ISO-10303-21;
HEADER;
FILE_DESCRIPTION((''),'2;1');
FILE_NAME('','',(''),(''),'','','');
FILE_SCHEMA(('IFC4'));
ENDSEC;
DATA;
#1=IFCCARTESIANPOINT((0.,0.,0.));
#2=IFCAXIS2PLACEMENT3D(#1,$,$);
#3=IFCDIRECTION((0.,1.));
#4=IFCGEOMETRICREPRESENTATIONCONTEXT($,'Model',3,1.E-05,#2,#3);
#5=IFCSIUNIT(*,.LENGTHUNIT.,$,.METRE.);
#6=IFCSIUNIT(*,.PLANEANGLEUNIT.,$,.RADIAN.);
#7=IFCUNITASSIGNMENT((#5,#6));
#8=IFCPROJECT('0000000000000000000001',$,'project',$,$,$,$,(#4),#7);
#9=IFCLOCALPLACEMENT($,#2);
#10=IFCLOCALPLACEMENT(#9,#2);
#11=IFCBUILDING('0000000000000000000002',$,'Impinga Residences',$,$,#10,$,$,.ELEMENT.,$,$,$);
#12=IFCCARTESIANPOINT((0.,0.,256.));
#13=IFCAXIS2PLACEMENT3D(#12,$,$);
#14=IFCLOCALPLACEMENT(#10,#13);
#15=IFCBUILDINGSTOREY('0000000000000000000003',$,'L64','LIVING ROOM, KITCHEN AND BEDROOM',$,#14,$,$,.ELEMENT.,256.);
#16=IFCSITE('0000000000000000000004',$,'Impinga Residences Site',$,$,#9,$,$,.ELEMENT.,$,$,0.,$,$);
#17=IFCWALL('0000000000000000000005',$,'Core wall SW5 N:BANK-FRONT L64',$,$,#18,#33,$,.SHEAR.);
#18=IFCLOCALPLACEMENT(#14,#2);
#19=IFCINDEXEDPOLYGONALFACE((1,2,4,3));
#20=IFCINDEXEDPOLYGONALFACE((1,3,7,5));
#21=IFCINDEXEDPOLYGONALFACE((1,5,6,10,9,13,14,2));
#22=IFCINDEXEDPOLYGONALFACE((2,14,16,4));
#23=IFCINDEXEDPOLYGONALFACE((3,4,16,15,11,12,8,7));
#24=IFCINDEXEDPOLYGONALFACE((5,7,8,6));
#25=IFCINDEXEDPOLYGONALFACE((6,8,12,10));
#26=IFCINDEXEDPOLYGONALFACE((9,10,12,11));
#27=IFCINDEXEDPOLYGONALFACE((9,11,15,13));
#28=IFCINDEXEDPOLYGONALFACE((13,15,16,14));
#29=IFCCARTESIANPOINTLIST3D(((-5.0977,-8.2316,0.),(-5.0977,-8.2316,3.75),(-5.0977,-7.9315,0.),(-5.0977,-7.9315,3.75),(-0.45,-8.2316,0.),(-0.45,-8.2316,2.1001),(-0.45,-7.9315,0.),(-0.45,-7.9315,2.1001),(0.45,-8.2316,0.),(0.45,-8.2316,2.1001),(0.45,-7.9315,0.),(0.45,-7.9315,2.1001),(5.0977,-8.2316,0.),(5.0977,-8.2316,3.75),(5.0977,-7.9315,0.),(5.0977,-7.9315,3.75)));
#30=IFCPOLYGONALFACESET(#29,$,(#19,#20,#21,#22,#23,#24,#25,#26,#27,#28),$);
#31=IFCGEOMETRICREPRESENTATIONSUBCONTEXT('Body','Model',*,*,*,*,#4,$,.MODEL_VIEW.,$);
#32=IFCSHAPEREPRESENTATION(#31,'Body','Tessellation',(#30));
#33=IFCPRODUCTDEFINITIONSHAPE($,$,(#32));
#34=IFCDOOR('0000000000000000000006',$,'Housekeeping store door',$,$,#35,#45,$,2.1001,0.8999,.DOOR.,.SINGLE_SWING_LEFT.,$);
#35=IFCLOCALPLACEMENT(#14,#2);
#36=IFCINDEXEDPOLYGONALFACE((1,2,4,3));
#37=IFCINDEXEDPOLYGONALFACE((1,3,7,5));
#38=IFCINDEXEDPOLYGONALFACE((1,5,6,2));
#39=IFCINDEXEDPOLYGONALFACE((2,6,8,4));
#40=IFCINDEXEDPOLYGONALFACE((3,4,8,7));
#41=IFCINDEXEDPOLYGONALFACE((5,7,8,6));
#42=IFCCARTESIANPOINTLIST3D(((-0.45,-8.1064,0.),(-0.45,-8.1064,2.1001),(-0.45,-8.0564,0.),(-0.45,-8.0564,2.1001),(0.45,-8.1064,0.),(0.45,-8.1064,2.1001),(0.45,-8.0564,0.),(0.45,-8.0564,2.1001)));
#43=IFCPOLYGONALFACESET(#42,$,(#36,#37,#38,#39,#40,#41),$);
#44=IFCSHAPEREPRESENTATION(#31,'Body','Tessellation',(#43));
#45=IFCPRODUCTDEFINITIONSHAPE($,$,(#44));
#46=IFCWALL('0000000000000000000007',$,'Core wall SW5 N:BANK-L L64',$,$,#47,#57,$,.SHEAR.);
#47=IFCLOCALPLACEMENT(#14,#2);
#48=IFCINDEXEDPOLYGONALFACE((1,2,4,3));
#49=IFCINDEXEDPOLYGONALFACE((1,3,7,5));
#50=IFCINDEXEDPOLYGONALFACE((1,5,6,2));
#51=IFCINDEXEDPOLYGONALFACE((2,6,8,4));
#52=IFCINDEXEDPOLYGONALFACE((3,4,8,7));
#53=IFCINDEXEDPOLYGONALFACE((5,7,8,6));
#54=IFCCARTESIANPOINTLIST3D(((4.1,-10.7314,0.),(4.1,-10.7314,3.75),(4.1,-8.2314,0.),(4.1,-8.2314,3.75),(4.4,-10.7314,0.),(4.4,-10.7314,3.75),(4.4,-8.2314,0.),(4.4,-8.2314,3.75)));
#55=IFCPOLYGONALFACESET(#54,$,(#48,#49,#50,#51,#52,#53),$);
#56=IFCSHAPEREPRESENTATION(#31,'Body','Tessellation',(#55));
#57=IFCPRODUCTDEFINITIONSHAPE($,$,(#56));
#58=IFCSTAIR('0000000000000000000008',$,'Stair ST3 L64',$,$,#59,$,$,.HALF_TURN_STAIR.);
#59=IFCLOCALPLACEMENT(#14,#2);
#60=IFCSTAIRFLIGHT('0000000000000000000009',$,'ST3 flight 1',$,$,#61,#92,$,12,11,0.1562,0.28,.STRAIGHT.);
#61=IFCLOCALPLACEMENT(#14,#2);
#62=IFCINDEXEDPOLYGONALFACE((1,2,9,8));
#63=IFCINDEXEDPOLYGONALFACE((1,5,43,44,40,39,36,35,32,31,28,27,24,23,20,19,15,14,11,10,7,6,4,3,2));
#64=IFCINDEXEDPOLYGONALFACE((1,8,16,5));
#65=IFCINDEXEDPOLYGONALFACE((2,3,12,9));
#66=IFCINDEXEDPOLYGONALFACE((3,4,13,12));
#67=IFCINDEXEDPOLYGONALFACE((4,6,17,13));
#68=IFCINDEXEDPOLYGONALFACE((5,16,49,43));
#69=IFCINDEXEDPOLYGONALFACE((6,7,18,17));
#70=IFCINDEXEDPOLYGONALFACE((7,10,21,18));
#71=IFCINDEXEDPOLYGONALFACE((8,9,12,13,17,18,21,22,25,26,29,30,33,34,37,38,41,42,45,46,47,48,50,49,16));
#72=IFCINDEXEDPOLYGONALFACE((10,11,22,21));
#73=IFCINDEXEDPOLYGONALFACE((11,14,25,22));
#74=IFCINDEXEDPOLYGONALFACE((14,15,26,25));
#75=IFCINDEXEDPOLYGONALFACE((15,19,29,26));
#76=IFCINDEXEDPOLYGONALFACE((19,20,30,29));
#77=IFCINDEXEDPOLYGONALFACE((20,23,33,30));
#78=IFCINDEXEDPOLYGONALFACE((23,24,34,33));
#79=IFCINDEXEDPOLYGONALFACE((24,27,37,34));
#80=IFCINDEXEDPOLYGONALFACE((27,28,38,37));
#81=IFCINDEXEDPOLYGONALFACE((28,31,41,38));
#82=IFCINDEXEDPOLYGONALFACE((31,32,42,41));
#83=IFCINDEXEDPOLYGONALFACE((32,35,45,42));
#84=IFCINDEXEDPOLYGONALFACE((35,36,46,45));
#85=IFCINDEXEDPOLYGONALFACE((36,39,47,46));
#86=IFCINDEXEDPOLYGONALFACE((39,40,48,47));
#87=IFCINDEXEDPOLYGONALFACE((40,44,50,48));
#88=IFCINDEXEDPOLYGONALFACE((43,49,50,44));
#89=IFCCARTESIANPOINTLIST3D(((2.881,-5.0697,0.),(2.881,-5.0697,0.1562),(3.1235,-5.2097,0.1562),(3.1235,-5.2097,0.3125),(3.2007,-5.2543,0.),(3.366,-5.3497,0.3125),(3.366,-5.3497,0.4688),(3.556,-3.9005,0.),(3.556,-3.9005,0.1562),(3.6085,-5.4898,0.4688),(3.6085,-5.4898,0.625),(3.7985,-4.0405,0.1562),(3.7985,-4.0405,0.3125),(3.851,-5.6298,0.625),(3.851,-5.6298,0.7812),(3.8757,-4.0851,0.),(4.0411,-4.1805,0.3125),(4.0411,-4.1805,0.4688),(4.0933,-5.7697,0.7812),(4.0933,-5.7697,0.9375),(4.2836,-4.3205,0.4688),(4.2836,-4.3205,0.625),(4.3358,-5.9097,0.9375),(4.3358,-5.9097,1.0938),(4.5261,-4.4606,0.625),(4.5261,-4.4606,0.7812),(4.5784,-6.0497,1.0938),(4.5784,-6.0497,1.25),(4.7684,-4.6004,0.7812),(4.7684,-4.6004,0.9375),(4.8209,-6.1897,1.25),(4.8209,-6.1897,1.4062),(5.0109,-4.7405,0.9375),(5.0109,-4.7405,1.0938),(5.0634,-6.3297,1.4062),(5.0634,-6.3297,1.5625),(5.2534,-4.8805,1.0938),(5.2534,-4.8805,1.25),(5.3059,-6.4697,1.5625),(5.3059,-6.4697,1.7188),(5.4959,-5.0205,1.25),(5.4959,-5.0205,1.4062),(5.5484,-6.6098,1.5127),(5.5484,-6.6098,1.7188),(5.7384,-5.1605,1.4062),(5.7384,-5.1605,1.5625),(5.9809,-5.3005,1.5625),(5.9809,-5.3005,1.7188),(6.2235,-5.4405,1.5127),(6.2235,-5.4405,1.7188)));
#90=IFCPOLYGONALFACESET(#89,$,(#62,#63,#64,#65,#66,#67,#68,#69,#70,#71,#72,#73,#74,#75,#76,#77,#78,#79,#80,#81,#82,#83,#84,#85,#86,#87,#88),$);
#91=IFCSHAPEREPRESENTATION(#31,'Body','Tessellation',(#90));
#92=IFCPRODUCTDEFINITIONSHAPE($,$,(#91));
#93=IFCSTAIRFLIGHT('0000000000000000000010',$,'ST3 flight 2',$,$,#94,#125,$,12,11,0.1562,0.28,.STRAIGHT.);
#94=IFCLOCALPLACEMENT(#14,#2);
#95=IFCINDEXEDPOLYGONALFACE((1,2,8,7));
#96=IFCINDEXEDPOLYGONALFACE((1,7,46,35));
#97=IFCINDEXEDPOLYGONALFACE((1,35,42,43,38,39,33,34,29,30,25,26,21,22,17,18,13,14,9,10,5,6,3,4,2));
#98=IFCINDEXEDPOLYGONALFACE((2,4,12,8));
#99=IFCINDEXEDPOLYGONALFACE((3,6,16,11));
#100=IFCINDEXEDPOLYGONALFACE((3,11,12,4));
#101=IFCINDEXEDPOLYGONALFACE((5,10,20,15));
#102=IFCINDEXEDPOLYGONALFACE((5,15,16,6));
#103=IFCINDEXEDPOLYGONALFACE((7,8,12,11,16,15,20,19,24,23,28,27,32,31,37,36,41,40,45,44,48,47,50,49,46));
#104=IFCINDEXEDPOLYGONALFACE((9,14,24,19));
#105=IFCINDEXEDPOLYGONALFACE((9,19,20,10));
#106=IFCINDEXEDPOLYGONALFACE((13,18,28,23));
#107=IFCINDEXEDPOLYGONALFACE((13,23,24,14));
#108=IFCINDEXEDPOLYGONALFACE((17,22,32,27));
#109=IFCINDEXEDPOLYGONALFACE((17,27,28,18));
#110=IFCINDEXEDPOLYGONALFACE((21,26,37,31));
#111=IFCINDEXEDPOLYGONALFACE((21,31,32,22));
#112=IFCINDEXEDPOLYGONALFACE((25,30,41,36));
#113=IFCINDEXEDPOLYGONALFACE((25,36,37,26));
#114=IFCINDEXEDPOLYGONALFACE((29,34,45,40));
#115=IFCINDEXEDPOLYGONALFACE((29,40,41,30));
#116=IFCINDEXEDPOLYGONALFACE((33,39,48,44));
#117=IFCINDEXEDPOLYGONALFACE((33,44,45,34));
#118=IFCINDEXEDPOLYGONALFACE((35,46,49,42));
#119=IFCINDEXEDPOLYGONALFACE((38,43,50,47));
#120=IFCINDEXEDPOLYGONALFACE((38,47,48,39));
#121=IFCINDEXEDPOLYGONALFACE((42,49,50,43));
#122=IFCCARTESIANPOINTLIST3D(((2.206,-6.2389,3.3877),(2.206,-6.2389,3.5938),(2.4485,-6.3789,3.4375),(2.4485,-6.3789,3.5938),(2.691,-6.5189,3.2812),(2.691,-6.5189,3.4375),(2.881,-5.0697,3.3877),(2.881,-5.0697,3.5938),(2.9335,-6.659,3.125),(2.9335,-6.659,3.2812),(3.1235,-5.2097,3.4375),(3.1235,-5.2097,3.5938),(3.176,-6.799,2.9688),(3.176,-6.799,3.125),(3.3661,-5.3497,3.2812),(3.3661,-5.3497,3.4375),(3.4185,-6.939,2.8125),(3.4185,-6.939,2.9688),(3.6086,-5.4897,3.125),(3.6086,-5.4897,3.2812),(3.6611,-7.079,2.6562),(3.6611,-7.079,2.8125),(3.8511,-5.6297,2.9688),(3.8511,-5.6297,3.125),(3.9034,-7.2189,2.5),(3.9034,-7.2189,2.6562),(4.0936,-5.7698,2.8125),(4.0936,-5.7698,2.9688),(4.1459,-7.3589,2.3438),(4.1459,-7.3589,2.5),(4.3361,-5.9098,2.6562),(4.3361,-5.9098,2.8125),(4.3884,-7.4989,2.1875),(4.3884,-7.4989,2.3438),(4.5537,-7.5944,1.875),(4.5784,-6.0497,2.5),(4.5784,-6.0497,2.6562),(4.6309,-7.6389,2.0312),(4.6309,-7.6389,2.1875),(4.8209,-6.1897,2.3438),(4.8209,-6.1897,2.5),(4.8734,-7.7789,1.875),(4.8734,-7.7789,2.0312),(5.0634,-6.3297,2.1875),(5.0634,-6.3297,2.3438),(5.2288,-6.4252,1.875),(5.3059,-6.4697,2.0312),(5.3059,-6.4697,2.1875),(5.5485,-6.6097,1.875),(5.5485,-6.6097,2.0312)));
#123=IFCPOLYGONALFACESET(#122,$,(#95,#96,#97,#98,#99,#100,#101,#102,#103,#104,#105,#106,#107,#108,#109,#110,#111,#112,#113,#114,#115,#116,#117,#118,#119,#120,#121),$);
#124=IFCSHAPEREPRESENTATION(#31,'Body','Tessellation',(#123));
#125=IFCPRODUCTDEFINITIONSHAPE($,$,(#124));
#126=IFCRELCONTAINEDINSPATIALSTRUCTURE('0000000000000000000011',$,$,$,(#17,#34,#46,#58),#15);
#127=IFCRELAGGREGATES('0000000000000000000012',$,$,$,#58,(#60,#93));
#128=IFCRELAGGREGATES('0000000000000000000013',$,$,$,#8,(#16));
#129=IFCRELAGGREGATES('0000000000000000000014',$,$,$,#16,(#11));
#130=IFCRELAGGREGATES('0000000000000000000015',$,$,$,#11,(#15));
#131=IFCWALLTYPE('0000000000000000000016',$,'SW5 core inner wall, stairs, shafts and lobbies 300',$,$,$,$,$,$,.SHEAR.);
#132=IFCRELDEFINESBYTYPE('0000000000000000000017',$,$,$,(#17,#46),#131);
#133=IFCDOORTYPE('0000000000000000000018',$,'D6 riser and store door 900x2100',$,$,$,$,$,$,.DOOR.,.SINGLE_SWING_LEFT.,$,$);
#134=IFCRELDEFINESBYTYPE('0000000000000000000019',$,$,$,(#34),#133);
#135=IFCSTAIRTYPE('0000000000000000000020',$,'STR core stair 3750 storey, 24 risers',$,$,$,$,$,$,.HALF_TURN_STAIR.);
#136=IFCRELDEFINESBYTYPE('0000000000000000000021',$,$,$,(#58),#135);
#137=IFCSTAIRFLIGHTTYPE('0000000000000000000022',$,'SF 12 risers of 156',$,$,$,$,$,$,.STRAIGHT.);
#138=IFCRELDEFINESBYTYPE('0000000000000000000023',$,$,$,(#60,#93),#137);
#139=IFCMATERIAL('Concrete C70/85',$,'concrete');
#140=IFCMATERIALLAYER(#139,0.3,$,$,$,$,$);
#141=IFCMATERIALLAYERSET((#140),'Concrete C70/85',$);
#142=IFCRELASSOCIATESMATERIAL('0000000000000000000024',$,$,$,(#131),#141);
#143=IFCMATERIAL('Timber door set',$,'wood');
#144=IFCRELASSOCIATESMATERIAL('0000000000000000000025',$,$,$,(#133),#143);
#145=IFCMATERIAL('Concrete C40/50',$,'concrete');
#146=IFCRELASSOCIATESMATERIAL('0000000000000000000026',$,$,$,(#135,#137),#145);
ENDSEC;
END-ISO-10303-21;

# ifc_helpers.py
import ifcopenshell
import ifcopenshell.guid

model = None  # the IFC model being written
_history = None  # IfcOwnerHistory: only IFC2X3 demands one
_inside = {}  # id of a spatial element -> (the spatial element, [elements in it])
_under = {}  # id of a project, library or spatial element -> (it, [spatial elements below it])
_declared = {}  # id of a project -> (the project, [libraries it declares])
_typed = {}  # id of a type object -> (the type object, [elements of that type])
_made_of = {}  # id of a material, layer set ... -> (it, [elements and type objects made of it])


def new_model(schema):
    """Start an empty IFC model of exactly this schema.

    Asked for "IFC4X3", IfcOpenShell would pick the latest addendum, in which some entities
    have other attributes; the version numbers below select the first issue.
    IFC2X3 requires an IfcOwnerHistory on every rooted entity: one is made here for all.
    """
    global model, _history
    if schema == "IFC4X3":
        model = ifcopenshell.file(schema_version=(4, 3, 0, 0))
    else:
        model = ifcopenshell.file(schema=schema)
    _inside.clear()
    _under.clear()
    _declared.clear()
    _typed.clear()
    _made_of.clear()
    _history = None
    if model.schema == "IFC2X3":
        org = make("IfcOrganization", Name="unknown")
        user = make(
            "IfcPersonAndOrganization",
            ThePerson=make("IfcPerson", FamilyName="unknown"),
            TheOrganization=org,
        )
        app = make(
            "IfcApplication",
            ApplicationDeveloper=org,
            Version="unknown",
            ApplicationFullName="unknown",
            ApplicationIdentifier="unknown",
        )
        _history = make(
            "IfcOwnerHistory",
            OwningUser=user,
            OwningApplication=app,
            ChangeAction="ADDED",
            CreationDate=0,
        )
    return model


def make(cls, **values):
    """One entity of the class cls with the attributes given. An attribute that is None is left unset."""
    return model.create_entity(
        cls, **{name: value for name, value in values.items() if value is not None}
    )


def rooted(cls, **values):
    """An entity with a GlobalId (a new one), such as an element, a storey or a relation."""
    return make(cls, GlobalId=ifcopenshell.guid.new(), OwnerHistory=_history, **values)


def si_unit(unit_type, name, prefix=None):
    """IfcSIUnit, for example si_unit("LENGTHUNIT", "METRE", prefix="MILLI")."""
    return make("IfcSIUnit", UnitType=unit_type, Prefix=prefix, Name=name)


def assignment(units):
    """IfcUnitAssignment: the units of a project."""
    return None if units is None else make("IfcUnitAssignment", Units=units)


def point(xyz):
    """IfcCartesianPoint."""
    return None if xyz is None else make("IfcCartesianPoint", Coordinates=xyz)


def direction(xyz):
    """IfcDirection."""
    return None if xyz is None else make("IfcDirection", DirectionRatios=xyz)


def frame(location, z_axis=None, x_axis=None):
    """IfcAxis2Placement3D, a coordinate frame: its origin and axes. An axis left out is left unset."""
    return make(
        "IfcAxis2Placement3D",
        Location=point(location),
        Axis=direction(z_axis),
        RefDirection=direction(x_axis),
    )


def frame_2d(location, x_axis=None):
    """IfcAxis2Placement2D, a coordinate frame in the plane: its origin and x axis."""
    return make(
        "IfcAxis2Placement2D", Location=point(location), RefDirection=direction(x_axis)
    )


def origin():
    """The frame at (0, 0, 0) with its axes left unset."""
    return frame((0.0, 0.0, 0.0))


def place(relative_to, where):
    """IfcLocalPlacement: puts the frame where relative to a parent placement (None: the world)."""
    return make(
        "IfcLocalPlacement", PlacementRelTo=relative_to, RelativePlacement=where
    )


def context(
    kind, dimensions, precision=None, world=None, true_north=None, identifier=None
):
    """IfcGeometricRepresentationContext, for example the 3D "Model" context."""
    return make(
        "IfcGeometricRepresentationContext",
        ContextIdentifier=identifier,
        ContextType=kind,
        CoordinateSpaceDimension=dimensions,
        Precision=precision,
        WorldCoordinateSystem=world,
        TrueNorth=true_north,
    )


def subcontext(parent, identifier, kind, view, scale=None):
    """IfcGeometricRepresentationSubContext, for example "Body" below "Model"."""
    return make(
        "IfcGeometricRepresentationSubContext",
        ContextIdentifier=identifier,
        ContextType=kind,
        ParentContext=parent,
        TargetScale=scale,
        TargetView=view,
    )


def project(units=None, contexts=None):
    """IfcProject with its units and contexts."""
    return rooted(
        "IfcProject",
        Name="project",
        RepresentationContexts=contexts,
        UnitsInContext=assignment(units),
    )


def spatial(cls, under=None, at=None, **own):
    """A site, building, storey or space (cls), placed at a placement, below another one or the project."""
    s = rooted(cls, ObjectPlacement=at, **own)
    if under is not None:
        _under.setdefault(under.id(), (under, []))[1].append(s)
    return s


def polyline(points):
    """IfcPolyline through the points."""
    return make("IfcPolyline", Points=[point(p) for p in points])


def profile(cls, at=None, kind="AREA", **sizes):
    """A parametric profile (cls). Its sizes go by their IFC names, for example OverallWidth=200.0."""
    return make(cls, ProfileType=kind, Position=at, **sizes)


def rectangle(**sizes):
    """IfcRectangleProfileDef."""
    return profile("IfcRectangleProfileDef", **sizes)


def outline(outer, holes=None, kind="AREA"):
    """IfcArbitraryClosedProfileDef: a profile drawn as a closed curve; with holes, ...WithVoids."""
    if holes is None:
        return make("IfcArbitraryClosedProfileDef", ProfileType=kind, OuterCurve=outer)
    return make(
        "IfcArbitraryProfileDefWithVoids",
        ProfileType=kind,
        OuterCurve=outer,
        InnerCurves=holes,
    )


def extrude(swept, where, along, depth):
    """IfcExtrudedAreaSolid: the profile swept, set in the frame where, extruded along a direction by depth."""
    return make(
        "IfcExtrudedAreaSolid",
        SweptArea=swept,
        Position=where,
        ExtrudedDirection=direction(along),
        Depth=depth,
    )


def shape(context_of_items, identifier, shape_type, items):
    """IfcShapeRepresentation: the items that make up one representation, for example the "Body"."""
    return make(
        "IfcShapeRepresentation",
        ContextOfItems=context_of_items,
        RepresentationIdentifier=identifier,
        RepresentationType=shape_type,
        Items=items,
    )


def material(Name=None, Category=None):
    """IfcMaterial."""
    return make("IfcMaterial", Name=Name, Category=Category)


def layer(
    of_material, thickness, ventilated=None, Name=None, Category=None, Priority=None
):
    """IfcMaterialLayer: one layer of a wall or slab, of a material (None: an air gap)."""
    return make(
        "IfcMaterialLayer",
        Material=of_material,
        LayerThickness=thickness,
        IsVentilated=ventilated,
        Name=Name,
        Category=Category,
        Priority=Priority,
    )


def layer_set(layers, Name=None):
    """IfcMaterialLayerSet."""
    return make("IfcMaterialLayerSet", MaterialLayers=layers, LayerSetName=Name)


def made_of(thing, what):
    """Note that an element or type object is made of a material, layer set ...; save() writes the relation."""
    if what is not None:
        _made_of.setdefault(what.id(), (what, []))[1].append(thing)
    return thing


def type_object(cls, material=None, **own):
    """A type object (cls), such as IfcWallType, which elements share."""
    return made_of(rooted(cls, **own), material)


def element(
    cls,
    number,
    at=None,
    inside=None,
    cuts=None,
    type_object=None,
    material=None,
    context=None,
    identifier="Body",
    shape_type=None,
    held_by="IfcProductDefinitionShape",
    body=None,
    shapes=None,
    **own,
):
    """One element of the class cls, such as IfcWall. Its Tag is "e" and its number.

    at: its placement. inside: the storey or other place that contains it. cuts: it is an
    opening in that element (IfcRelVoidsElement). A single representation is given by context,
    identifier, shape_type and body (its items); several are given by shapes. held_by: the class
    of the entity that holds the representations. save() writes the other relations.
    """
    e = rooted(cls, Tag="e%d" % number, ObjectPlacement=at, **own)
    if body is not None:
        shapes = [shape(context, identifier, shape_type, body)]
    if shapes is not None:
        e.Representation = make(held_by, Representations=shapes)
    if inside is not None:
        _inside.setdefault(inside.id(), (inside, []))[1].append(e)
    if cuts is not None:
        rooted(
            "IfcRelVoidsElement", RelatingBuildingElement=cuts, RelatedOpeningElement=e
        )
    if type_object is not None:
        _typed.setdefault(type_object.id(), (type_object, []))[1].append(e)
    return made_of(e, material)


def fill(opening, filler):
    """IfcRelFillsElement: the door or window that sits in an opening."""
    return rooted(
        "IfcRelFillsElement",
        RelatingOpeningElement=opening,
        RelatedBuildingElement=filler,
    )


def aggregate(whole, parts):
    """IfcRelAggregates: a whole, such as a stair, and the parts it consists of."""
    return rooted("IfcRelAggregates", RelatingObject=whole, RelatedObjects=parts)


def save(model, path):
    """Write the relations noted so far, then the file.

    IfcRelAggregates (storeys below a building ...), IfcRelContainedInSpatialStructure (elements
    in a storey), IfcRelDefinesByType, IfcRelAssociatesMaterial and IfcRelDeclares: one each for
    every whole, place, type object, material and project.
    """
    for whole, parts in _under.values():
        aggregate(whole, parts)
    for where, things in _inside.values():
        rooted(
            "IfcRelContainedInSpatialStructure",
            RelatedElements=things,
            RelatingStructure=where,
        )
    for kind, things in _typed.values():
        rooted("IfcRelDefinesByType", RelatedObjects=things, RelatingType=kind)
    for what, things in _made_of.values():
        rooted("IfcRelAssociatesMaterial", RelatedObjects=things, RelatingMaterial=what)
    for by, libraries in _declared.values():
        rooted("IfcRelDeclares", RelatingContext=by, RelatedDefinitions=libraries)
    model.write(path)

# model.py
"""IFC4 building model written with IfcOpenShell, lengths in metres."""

from ifc_helpers import new_model, si_unit, direction, frame, frame_2d, origin, place, context, subcontext, project, spatial, polyline, rectangle, outline, extrude, material, layer, layer_set, type_object, element, fill, aggregate, save


model = new_model("IFC4")

# Units and contexts
model_context = context("Model", 3, precision=1e-05, world=origin(), true_north=direction((0.0, 1.0)))
body_context = subcontext(model_context, "Body", "Model", "MODEL_VIEW")
ifc_project = project(units=[si_unit("LENGTHUNIT", "METRE"), si_unit("PLANEANGLEUNIT", "RADIAN")], contexts=[model_context])

# Site, building, storey
site_placement = place(None, origin())
site = spatial("IfcSite", under=ifc_project, at=site_placement, Name="Impinga Residences Site", CompositionType="ELEMENT", RefElevation=0.0)
building_placement = place(site_placement, origin())
building = spatial("IfcBuilding", under=site, at=building_placement, Name="Impinga Residences", CompositionType="ELEMENT")
storey_placement = place(building_placement, frame((0.0, 0.0, 256.0)))
storey = spatial("IfcBuildingStorey", under=building, at=storey_placement, Name="L64", Description="LIVING ROOM, KITCHEN AND BEDROOM", CompositionType="ELEMENT", Elevation=256.0)

# Shared definitions
ifc_material_1 = material(Name="Timber door set", Category="wood")

# Shared definitions
ifc_material_2 = material(Name="Concrete C70/85", Category="concrete")
ifc_layer_1 = layer(ifc_material_2, 0.3)
ifc_layer_set_1 = layer_set([ifc_layer_1], Name="Concrete C70/85")
wall_type_1 = type_object("IfcWallType", Name="SW5 core inner wall, stairs, shafts and lobbies 300", PredefinedType="SHEAR", material=ifc_layer_set_1)

# Wall, opening, door
wall_1_placement = place(storey_placement, frame((5.0977, -8.0815, 0.0), z_axis=(0.0, 0.0, 1.0), x_axis=(-1.0, 0.0, 0.0)))
wall_1 = element("IfcWall", 1, at=wall_1_placement, inside=storey, type_object=wall_type_1, Name="Core wall SW5 N:BANK-FRONT L64", PredefinedType="SHEAR", context=body_context, shape_type="SweptSolid", body=[
    extrude(rectangle(XDim=10.1953, YDim=0.3, at=frame_2d((5.0977, 0.0))), origin(), (0.0, 0.0, 1.0), 3.75),
])
opening_1_placement = place(wall_1_placement, frame((4.6477, 0.0, 0.0)))
opening_1 = element("IfcOpeningElement", 2, at=opening_1_placement, cuts=wall_1, PredefinedType="OPENING", context=body_context, shape_type="SweptSolid", body=[
    extrude(rectangle(XDim=0.8999, YDim=2.1001, at=frame_2d((0.45, 1.05))), frame((0.0, 0.1599, 0.0), z_axis=(0.0, -1.0, 0.0), x_axis=(1.0, 0.0, 0.0)), (0.0, 0.0, 1.0), 0.3201),
])
door_type_1 = type_object("IfcDoorType", Name="D6 riser and store door 900x2100", OperationType="SINGLE_SWING_LEFT", PredefinedType="DOOR", material=ifc_material_1)
door_1_placement = place(opening_1_placement, origin())
door_1 = element("IfcDoor", 3, at=door_1_placement, inside=storey, type_object=door_type_1, Name="Housekeeping store door", OperationType="SINGLE_SWING_LEFT", OverallHeight=2.1001, OverallWidth=0.8999, PredefinedType="DOOR", context=body_context, shape_type="SweptSolid", body=[
    extrude(rectangle(XDim=0.8999, YDim=2.1001, at=frame_2d((0.45, 1.05))), frame((0.0, 0.0249, 0.0), z_axis=(0.0, -1.0, 0.0), x_axis=(1.0, 0.0, 0.0)), (0.0, 0.0, 1.0), 0.05),
])
fill(opening_1, door_1)

# Wall
wall_2_placement = place(storey_placement, frame((4.25, -8.2314, 0.0), z_axis=(0.0, 0.0, 1.0), x_axis=(0.0, -1.0, 0.0)))
element("IfcWall", 4, at=wall_2_placement, inside=storey, type_object=wall_type_1, Name="Core wall SW5 N:BANK-L L64", PredefinedType="SHEAR", context=body_context, shape_type="SweptSolid", body=[
    extrude(rectangle(XDim=2.5, YDim=0.3, at=frame_2d((1.25, 0.0))), origin(), (0.0, 0.0, 1.0), 3.75),
])

# Stair, stair flights
ifc_material_3 = material(Name="Concrete C40/50", Category="concrete")
stair_type = type_object("IfcStairType", Name="STR core stair 3750 storey, 24 risers", PredefinedType="HALF_TURN_STAIR", material=ifc_material_3)
stair_placement = place(storey_placement, origin())
stair = element("IfcStair", 5, at=stair_placement, inside=storey, type_object=stair_type, Name="Stair ST3 L64", PredefinedType="HALF_TURN_STAIR")
stair_flight_type = type_object("IfcStairFlightType", Name="SF 12 risers of 156", PredefinedType="STRAIGHT", material=ifc_material_3)
stair_flight_1_placement = place(storey_placement, frame((3.2185, -4.4851, 0.0), z_axis=(0.0, 0.0, 1.0), x_axis=(0.866025, -0.5, 0.0)))
stair_flight_1 = element("IfcStairFlight", 6, at=stair_flight_1_placement, type_object=stair_flight_type, Name="ST3 flight 1", NumberOfRisers=12, NumberOfTreads=11, PredefinedType="STRAIGHT", RiserHeight=0.1562, TreadLength=0.28, context=body_context, shape_type="SweptSolid", body=[
    extrude(outline(polyline([(0.0, 0.0), (0.0, 0.1562), (0.28, 0.1562), (0.28, 0.3125), (0.5601, 0.3125), (0.5601, 0.4688), (0.8401, 0.4688), (0.8401, 0.625), (1.1201, 0.625), (1.1201, 0.7812), (1.3999, 0.7812), (1.3999, 0.9375), (1.6799, 0.9375), (1.6799, 1.0938), (1.96, 1.0938), (1.96, 1.25), (2.24, 1.25), (2.24, 1.4062), (2.52, 1.4062), (2.52, 1.5625), (2.8, 1.5625), (2.8, 1.7188), (3.0801, 1.7188), (3.0801, 1.875), (3.0801, 1.5127), (0.3691, 0.0), (0.0, 0.0)])), frame((0.0, 0.675, 0.0), z_axis=(0.0, -1.0, 0.0), x_axis=(1.0, 0.0, 0.0)), (0.0, 0.0, 1.0), 1.3501),
])
stair_flight_2_placement = place(storey_placement, frame((5.2109, -7.1943, 1.875), z_axis=(0.0, 0.0, 1.0), x_axis=(-0.866025, 0.5, 0.0)))
stair_flight_2 = element("IfcStairFlight", 7, at=stair_flight_2_placement, type_object=stair_flight_type, Name="ST3 flight 2", NumberOfRisers=12, NumberOfTreads=11, PredefinedType="STRAIGHT", RiserHeight=0.1562, TreadLength=0.28, context=body_context, shape_type="SweptSolid", body=[
    extrude(outline(polyline([(0.0, 0.0), (0.0, 0.1562), (0.28, 0.1562), (0.28, 0.3125), (0.5601, 0.3125), (0.5601, 0.4688), (0.8401, 0.4688), (0.8401, 0.625), (1.1201, 0.625), (1.1201, 0.7812), (1.3999, 0.7812), (1.3999, 0.9375), (1.6799, 0.9375), (1.6799, 1.0938), (1.96, 1.0938), (1.96, 1.25), (2.24, 1.25), (2.24, 1.4062), (2.52, 1.4062), (2.52, 1.5625), (2.8, 1.5625), (2.8, 1.7188), (3.0801, 1.7188), (3.0801, 1.875), (3.0801, 1.5127), (0.3691, 0.0), (0.0, 0.0)])), frame((0.0, 0.675, 0.0), z_axis=(0.0, -1.0, 0.0), x_axis=(1.0, 0.0, 0.0)), (0.0, 0.0, 1.0), 1.3501),
])
aggregate(stair, [stair_flight_1, stair_flight_2])

save(model, "model.ifc")
